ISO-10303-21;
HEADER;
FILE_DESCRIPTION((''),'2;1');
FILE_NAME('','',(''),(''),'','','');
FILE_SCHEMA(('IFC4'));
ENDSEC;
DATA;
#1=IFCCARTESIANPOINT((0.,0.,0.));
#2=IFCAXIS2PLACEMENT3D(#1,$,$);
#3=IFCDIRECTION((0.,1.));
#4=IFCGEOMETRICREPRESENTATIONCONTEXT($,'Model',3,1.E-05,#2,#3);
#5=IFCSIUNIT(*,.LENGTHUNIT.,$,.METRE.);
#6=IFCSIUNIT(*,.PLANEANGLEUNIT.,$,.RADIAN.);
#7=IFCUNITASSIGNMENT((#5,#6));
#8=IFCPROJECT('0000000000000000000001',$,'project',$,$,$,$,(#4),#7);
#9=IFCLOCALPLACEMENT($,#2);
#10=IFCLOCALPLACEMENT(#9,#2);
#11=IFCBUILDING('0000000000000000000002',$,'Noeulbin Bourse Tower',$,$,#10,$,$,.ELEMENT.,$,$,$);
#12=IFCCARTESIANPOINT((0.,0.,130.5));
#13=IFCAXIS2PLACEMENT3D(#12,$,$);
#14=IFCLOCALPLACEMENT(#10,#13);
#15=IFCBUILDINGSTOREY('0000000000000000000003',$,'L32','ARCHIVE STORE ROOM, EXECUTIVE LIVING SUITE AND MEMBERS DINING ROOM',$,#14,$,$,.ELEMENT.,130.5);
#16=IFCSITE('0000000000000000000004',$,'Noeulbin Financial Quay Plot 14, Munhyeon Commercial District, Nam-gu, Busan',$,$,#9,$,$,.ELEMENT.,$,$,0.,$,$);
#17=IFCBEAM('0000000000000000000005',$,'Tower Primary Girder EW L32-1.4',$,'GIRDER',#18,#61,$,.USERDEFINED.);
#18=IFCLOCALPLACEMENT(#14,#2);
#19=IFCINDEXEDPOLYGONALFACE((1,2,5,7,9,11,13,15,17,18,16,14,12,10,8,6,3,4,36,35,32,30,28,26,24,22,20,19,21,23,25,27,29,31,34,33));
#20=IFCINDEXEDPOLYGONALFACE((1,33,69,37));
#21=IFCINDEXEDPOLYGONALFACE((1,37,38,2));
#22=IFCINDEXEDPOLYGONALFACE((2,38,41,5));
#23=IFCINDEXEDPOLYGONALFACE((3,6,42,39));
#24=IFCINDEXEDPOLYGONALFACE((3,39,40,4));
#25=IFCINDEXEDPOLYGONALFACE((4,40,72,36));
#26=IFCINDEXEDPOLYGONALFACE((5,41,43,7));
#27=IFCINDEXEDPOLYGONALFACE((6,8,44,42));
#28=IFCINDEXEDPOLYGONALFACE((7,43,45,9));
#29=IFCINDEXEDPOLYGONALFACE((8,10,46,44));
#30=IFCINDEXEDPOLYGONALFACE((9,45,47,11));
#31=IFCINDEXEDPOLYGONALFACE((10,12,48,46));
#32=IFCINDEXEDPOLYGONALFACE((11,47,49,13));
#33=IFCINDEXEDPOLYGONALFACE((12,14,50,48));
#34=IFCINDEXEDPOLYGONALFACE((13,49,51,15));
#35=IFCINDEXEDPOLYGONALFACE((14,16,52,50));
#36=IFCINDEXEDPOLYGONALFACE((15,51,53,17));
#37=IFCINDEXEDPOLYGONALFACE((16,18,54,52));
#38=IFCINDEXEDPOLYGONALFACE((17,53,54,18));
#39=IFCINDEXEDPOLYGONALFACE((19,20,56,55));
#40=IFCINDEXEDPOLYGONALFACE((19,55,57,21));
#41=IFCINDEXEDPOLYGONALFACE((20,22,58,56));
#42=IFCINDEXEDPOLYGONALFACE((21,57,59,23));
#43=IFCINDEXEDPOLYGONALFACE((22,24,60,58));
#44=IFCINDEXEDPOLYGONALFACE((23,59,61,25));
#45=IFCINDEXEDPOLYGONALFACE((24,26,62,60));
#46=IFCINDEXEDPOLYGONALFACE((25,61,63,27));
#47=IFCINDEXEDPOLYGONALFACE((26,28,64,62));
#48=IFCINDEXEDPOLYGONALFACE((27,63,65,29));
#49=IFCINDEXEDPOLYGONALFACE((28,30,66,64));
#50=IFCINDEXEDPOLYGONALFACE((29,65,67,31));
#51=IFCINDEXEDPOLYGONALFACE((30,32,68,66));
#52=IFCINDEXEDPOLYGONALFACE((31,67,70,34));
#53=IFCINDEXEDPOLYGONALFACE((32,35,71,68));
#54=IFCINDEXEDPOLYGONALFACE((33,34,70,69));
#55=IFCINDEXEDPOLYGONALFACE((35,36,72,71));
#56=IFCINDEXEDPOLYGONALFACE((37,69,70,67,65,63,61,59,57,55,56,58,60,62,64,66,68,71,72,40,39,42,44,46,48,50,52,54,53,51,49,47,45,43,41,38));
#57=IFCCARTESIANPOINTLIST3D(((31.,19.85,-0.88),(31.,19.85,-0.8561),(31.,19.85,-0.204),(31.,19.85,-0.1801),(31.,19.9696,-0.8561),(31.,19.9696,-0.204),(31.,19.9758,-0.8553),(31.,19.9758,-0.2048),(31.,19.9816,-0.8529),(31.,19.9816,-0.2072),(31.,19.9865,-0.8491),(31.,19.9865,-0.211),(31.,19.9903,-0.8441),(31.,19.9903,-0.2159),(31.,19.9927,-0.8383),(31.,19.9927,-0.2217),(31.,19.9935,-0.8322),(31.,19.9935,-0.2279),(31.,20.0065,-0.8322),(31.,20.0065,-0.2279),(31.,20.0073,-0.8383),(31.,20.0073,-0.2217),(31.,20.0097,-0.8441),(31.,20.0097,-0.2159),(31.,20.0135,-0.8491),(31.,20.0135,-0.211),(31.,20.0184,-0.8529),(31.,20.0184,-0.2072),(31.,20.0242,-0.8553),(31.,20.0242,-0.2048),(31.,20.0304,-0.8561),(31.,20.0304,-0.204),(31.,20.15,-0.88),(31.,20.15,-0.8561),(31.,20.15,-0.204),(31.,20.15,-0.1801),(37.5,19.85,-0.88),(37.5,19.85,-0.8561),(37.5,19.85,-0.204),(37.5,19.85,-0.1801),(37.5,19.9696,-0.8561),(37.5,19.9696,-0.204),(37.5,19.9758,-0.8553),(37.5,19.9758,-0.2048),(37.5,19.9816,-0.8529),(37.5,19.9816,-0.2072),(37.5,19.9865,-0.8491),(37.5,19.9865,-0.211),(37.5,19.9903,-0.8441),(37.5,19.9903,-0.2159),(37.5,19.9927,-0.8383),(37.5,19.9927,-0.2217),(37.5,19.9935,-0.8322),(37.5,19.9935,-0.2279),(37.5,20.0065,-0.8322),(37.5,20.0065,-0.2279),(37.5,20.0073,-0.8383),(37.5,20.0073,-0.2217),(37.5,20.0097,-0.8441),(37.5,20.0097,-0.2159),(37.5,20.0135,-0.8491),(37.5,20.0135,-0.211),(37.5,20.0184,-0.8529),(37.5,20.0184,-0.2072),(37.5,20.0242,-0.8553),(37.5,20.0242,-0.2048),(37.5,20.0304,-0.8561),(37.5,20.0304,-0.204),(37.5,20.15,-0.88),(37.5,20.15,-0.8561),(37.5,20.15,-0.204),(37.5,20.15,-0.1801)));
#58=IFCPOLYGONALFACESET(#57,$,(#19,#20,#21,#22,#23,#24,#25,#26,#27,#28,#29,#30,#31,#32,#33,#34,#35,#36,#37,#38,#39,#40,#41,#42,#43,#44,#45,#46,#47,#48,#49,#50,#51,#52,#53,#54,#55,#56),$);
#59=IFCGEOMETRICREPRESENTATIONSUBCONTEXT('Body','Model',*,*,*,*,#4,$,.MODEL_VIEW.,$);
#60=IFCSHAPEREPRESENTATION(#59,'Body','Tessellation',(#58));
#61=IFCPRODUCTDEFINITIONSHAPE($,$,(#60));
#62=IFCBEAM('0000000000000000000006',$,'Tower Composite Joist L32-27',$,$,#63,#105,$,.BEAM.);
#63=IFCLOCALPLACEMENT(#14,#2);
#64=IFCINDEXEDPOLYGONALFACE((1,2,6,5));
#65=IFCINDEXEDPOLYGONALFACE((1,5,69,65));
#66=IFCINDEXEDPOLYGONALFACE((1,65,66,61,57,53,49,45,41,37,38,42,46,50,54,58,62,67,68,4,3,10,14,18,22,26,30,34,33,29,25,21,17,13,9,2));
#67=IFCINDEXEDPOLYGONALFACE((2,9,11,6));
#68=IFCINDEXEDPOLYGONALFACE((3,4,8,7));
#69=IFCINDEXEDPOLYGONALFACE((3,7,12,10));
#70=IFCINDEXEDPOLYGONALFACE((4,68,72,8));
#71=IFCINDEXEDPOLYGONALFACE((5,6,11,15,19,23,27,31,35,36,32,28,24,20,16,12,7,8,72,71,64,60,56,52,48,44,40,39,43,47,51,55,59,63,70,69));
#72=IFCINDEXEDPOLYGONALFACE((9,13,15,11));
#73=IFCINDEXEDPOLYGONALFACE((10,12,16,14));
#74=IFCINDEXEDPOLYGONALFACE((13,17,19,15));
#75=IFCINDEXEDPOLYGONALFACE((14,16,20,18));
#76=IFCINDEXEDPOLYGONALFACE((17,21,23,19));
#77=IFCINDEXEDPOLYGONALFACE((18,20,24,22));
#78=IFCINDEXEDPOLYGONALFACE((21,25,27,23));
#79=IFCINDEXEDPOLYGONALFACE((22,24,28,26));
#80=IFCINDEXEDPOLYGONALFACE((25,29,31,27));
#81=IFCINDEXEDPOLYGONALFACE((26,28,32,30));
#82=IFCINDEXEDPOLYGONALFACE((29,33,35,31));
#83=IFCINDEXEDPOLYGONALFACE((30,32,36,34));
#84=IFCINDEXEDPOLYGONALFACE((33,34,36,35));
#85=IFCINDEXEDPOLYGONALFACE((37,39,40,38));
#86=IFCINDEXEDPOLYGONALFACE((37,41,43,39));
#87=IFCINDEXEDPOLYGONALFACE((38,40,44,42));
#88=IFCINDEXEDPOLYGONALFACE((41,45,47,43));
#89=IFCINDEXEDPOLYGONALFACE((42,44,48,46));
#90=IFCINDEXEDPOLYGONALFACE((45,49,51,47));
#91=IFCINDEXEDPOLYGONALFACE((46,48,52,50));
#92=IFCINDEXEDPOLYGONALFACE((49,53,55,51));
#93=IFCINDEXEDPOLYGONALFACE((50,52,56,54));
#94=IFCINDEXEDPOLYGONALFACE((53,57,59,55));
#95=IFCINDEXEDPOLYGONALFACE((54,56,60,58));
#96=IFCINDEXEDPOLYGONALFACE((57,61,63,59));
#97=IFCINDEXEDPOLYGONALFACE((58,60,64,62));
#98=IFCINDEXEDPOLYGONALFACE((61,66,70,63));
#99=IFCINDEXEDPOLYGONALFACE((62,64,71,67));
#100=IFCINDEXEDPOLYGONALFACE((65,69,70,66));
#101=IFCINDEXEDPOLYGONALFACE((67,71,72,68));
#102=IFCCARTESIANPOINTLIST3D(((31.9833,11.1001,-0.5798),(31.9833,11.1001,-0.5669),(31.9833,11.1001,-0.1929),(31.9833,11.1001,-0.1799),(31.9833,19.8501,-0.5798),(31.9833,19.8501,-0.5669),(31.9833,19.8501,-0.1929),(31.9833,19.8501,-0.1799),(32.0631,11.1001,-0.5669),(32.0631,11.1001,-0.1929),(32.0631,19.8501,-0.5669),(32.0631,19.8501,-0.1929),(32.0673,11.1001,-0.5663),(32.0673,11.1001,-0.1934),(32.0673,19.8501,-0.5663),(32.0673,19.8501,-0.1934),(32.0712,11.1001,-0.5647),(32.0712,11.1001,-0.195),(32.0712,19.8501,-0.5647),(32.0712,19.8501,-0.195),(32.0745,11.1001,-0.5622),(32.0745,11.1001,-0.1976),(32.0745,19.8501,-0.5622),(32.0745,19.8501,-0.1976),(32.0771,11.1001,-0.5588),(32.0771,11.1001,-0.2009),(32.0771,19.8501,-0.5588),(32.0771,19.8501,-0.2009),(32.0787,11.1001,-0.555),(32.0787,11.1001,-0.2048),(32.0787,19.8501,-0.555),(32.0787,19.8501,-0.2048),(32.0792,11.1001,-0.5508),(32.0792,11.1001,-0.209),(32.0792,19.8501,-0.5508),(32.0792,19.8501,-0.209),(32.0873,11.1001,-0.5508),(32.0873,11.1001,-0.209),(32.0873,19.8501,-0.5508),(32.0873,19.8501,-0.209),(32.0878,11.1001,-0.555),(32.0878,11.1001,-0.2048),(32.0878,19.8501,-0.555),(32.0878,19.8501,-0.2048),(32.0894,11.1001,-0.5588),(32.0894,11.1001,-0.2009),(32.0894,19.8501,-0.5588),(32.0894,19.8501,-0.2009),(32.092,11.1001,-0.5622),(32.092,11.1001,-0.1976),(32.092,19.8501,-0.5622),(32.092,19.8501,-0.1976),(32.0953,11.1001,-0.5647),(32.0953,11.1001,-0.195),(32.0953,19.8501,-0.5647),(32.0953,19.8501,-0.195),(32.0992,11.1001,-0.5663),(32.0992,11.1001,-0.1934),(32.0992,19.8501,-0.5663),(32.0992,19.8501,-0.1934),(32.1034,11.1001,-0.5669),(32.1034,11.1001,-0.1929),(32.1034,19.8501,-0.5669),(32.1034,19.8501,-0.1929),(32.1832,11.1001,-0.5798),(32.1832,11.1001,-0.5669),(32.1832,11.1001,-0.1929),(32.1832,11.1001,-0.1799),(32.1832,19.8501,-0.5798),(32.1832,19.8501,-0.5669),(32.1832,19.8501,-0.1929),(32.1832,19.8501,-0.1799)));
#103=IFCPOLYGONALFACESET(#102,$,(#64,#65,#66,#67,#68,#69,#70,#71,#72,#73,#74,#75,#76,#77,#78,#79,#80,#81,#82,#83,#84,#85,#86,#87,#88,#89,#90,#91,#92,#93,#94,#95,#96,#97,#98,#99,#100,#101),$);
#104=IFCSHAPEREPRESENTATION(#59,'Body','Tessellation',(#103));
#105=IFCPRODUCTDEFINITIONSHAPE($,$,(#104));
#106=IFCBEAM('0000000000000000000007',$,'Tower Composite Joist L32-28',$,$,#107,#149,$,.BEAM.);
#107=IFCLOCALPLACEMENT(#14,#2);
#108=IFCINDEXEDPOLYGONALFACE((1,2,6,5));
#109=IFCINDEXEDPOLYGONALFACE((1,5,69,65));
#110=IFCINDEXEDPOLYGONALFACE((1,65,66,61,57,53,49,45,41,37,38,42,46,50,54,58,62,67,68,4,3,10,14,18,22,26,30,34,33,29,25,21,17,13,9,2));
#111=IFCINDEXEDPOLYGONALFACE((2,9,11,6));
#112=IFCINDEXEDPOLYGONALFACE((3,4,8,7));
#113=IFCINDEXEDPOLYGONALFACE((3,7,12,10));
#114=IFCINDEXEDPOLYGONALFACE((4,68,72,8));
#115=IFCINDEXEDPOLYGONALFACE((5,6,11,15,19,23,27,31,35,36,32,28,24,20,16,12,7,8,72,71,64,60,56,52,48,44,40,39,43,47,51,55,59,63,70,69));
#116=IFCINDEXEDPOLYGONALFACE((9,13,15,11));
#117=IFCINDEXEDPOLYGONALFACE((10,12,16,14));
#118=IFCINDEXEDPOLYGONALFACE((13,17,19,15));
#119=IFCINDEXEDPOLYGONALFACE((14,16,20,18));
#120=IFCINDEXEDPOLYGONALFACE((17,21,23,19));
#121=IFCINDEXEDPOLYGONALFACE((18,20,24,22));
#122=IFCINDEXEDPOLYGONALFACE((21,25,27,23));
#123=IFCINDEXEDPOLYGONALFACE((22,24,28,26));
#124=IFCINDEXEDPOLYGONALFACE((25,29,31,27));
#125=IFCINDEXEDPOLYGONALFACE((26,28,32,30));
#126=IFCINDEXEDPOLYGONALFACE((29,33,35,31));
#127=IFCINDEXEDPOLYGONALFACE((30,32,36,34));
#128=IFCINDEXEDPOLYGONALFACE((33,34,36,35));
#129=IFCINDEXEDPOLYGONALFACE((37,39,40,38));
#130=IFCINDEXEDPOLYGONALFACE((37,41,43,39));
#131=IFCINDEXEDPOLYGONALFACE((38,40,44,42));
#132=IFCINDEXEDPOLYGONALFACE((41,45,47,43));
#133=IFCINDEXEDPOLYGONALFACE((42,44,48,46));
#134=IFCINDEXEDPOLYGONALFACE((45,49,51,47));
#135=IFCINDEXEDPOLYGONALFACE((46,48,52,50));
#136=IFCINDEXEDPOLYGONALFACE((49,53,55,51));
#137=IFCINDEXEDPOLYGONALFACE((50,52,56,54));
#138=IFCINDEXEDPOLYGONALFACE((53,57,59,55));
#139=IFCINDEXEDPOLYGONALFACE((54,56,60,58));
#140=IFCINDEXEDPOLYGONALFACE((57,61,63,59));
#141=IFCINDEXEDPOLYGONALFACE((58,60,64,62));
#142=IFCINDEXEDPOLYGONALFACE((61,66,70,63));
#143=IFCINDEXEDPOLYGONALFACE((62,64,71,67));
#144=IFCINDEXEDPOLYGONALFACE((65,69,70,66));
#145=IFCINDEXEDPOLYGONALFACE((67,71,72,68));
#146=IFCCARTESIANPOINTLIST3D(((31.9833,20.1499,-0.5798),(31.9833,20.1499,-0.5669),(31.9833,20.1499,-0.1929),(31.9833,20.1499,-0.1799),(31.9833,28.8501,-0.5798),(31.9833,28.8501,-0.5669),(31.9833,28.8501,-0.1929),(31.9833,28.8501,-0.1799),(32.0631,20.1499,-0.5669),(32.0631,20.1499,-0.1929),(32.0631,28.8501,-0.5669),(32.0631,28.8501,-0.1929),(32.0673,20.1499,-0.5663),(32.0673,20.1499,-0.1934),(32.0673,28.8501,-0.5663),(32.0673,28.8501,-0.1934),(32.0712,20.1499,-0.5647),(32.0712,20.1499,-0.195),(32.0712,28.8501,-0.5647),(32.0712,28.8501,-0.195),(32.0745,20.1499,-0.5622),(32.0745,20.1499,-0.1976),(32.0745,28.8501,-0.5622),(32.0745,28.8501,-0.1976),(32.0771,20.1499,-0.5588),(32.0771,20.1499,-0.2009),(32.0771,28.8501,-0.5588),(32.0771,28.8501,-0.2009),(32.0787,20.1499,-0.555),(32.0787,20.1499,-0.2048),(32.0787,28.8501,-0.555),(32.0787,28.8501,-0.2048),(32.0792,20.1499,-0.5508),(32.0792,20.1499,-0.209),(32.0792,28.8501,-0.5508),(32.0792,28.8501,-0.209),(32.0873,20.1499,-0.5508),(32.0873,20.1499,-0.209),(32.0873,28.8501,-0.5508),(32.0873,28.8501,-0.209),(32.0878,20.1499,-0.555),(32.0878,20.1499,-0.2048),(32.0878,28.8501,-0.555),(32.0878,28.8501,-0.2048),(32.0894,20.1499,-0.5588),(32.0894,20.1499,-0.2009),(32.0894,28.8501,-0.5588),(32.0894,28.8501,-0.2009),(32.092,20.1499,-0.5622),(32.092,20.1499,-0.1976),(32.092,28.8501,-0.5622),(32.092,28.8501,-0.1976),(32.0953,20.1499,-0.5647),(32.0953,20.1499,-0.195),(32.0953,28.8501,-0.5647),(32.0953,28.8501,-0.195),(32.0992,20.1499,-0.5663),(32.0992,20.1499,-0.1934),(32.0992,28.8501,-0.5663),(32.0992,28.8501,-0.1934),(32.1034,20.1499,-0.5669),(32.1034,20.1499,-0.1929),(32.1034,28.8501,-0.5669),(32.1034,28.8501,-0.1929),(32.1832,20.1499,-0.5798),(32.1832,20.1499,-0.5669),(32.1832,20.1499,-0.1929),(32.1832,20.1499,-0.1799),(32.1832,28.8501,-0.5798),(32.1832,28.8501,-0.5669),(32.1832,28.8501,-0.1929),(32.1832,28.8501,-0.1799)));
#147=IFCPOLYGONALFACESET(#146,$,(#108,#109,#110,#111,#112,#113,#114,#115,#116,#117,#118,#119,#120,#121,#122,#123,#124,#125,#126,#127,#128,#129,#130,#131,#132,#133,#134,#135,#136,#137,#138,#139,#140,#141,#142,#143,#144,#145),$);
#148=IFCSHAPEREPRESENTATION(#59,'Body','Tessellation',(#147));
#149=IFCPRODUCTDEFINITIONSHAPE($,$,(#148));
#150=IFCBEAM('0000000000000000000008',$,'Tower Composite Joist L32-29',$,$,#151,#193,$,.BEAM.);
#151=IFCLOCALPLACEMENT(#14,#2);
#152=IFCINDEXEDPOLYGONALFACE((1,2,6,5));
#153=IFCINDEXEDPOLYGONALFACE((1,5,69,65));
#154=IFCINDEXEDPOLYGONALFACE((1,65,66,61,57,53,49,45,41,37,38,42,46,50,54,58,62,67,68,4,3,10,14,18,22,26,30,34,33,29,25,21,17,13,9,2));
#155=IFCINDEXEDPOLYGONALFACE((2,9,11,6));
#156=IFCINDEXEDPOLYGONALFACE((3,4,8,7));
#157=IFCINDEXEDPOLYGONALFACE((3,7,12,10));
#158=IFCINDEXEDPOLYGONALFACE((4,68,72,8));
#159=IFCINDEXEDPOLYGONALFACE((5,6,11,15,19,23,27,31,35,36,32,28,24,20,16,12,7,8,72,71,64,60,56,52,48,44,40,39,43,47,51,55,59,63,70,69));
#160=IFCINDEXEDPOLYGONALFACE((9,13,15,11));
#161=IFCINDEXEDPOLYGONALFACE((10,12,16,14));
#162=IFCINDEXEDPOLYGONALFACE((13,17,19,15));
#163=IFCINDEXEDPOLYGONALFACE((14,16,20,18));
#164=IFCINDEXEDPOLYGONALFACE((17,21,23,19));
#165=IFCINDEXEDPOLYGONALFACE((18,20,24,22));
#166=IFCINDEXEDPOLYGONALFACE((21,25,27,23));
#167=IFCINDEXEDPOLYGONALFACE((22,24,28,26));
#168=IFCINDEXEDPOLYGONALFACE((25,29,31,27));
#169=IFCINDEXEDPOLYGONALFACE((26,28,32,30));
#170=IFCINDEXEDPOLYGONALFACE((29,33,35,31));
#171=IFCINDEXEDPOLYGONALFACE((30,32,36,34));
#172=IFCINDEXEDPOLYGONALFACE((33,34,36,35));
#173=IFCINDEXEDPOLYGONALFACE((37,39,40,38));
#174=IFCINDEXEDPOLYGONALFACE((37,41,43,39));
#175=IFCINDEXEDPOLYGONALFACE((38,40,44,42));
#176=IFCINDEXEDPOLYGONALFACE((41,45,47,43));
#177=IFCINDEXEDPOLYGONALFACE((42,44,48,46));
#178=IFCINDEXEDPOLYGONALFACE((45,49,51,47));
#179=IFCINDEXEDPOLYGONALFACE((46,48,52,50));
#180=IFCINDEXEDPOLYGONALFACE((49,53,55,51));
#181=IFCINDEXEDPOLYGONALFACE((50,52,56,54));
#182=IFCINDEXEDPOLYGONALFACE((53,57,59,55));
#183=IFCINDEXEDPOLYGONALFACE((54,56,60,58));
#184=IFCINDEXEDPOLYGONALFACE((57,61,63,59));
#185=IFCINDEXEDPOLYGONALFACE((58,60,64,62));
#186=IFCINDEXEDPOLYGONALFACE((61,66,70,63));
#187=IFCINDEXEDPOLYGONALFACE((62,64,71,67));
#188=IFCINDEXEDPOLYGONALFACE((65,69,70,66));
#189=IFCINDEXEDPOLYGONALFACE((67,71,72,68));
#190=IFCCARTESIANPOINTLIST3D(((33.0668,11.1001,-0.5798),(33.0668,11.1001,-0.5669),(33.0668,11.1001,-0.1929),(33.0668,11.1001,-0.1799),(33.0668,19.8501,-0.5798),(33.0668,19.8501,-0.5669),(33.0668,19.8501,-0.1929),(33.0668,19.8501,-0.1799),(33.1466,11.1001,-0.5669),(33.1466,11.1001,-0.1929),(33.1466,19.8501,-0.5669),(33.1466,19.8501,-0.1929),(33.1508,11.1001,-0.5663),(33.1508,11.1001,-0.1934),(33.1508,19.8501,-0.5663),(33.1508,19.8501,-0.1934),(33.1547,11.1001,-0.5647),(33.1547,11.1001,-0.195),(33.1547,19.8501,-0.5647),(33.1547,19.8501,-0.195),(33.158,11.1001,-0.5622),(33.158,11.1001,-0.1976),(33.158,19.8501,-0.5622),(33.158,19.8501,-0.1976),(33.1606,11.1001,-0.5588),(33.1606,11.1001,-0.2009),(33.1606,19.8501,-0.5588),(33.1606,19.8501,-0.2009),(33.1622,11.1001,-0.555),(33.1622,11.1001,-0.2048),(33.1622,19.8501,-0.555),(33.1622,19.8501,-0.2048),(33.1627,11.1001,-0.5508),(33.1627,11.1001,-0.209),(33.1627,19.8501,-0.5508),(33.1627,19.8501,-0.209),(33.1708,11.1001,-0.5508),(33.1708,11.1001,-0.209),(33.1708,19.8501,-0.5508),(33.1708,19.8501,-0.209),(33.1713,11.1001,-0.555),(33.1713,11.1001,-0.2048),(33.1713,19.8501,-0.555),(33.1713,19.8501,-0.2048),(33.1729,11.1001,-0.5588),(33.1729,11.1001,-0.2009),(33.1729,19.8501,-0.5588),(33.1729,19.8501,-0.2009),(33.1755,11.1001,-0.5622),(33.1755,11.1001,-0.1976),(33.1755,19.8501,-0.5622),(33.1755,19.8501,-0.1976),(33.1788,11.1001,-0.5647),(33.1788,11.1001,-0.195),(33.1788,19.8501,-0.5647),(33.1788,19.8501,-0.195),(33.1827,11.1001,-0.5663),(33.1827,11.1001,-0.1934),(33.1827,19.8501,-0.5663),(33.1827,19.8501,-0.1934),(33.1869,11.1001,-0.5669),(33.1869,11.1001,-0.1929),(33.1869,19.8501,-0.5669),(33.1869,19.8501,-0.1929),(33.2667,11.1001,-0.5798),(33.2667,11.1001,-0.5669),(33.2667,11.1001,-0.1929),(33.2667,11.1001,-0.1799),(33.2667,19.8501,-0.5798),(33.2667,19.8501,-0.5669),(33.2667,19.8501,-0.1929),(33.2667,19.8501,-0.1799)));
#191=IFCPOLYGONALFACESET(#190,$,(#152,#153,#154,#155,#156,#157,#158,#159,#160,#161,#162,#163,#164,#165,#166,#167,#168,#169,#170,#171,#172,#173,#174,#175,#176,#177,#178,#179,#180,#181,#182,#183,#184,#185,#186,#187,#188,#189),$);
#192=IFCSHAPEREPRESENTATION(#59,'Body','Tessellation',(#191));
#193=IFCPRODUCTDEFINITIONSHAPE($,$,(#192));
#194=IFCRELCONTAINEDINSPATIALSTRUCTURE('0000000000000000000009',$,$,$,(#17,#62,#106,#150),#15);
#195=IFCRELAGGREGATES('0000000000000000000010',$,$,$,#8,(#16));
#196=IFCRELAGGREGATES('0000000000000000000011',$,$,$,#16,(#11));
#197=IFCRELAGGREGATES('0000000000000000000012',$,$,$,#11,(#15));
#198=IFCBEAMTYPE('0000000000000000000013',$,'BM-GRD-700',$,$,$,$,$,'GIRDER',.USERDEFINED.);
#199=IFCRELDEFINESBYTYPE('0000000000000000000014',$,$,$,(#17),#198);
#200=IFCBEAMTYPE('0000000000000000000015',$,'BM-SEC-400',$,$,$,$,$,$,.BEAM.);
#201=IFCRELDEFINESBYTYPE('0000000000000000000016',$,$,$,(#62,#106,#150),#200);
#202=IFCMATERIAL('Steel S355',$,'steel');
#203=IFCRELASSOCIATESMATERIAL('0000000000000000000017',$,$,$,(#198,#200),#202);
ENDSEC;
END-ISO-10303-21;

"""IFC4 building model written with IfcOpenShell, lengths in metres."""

from ifc_helpers import new_model, si_unit, direction, frame, origin, origin_2d, place, context, subcontext, project, spatial, i_section, extrude, material, material_profile, profile_set, type_object, element, save


model = new_model("IFC4")

# Units and contexts
model_context = context("Model", 3, precision=1e-05, world=origin(), true_north=direction((0.0, 1.0)))
body_context = subcontext(model_context, "Body", "Model", "MODEL_VIEW")
ifc_project = project(units=[si_unit("LENGTHUNIT", "METRE"), si_unit("PLANEANGLEUNIT", "RADIAN")], contexts=[model_context])

# Site, building, storey
site_placement = place(None, origin())
site = spatial("IfcSite", under=ifc_project, at=site_placement, Name="Noeulbin Financial Quay Plot 14, Munhyeon Commercial District, Nam-gu, Busan", CompositionType="ELEMENT", RefElevation=0.0)
building_placement = place(site_placement, origin())
building = spatial("IfcBuilding", under=site, at=building_placement, Name="Noeulbin Bourse Tower", CompositionType="ELEMENT")
storey_placement = place(building_placement, frame((0.0, 0.0, 130.5)))
storey = spatial("IfcBuildingStorey", under=building, at=storey_placement, Name="L32", Description="ARCHIVE STORE ROOM, EXECUTIVE LIVING SUITE AND MEMBERS DINING ROOM", CompositionType="ELEMENT", Elevation=130.5)

# Shared definitions
ifc_material_1 = material(Name="Steel S355", Category="steel")

# Beams
ifc_material_profile_1 = material_profile(ifc_material_1, i_section(OverallWidth=0.3, OverallDepth=0.7, WebThickness=0.0129, FlangeThickness=0.0239, FilletRadius=0.0239, at=origin_2d()), Name="H-700x300x13x24", Category="LoadBearing")
ifc_profile_set_1 = profile_set([ifc_material_profile_1], Name="Steel S355")
beam_type_1 = type_object("IfcBeamType", Name="BM-GRD-700", ElementType="GIRDER", PredefinedType="USERDEFINED", material=ifc_profile_set_1)
beam_1_placement = place(storey_placement, frame((31.0, 20.0, -0.53), z_axis=(1.0, 0.0, 0.0), x_axis=(0.0, 1.0, 0.0)))
element("IfcBeam", 1, at=beam_1_placement, inside=storey, type_object=beam_type_1, Name="Tower Primary Girder EW L32-1.4", ObjectType="GIRDER", PredefinedType="USERDEFINED", context=body_context, shape_type="SweptSolid", body=[
    extrude(i_section(OverallWidth=0.3, OverallDepth=0.7, WebThickness=0.0129, FlangeThickness=0.0239, FilletRadius=0.0239, at=origin_2d()), origin(), (0.0, 0.0, 1.0), 6.5),
])
ifc_material_profile_2 = material_profile(ifc_material_1, i_section(OverallWidth=0.2, OverallDepth=0.3999, WebThickness=0.0081, FlangeThickness=0.0129, FilletRadius=0.0161, at=origin_2d()), Name="H-400x200x8x13", Category="LoadBearing")
ifc_profile_set_2 = profile_set([ifc_material_profile_2], Name="Steel S355")
beam_type_2 = type_object("IfcBeamType", Name="BM-SEC-400", PredefinedType="BEAM", material=ifc_profile_set_2)
beam_2_placement = place(storey_placement, frame((32.0833, 11.1001, -0.3799), z_axis=(0.0, 1.0, 0.0), x_axis=(-1.0, 0.0, 0.0)))
element("IfcBeam", 2, at=beam_2_placement, inside=storey, type_object=beam_type_2, Name="Tower Composite Joist L32-27", PredefinedType="BEAM", context=body_context, shape_type="SweptSolid", body=[
    extrude(i_section(OverallWidth=0.2, OverallDepth=0.3999, WebThickness=0.0081, FlangeThickness=0.0129, FilletRadius=0.0161, at=origin_2d()), origin(), (0.0, 0.0, 1.0), 8.75),
])
beam_3_placement = place(storey_placement, frame((32.0833, 20.1499, -0.3799), z_axis=(0.0, 1.0, 0.0), x_axis=(-1.0, 0.0, 0.0)))
element("IfcBeam", 3, at=beam_3_placement, inside=storey, type_object=beam_type_2, Name="Tower Composite Joist L32-28", PredefinedType="BEAM", context=body_context, shape_type="SweptSolid", body=[
    extrude(i_section(OverallWidth=0.2, OverallDepth=0.3999, WebThickness=0.0081, FlangeThickness=0.0129, FilletRadius=0.0161, at=origin_2d()), origin(), (0.0, 0.0, 1.0), 8.7002),
])
beam_4_placement = place(storey_placement, frame((33.1667, 11.1001, -0.3799), z_axis=(0.0, 1.0, 0.0), x_axis=(-1.0, 0.0, 0.0)))
element("IfcBeam", 4, at=beam_4_placement, inside=storey, type_object=beam_type_2, Name="Tower Composite Joist L32-29", PredefinedType="BEAM", context=body_context, shape_type="SweptSolid", body=[
    extrude(i_section(OverallWidth=0.2, OverallDepth=0.3999, WebThickness=0.0081, FlangeThickness=0.0129, FilletRadius=0.0161, at=origin_2d()), origin(), (0.0, 0.0, 1.0), 8.75),
])

save(model, "model.ifc")
